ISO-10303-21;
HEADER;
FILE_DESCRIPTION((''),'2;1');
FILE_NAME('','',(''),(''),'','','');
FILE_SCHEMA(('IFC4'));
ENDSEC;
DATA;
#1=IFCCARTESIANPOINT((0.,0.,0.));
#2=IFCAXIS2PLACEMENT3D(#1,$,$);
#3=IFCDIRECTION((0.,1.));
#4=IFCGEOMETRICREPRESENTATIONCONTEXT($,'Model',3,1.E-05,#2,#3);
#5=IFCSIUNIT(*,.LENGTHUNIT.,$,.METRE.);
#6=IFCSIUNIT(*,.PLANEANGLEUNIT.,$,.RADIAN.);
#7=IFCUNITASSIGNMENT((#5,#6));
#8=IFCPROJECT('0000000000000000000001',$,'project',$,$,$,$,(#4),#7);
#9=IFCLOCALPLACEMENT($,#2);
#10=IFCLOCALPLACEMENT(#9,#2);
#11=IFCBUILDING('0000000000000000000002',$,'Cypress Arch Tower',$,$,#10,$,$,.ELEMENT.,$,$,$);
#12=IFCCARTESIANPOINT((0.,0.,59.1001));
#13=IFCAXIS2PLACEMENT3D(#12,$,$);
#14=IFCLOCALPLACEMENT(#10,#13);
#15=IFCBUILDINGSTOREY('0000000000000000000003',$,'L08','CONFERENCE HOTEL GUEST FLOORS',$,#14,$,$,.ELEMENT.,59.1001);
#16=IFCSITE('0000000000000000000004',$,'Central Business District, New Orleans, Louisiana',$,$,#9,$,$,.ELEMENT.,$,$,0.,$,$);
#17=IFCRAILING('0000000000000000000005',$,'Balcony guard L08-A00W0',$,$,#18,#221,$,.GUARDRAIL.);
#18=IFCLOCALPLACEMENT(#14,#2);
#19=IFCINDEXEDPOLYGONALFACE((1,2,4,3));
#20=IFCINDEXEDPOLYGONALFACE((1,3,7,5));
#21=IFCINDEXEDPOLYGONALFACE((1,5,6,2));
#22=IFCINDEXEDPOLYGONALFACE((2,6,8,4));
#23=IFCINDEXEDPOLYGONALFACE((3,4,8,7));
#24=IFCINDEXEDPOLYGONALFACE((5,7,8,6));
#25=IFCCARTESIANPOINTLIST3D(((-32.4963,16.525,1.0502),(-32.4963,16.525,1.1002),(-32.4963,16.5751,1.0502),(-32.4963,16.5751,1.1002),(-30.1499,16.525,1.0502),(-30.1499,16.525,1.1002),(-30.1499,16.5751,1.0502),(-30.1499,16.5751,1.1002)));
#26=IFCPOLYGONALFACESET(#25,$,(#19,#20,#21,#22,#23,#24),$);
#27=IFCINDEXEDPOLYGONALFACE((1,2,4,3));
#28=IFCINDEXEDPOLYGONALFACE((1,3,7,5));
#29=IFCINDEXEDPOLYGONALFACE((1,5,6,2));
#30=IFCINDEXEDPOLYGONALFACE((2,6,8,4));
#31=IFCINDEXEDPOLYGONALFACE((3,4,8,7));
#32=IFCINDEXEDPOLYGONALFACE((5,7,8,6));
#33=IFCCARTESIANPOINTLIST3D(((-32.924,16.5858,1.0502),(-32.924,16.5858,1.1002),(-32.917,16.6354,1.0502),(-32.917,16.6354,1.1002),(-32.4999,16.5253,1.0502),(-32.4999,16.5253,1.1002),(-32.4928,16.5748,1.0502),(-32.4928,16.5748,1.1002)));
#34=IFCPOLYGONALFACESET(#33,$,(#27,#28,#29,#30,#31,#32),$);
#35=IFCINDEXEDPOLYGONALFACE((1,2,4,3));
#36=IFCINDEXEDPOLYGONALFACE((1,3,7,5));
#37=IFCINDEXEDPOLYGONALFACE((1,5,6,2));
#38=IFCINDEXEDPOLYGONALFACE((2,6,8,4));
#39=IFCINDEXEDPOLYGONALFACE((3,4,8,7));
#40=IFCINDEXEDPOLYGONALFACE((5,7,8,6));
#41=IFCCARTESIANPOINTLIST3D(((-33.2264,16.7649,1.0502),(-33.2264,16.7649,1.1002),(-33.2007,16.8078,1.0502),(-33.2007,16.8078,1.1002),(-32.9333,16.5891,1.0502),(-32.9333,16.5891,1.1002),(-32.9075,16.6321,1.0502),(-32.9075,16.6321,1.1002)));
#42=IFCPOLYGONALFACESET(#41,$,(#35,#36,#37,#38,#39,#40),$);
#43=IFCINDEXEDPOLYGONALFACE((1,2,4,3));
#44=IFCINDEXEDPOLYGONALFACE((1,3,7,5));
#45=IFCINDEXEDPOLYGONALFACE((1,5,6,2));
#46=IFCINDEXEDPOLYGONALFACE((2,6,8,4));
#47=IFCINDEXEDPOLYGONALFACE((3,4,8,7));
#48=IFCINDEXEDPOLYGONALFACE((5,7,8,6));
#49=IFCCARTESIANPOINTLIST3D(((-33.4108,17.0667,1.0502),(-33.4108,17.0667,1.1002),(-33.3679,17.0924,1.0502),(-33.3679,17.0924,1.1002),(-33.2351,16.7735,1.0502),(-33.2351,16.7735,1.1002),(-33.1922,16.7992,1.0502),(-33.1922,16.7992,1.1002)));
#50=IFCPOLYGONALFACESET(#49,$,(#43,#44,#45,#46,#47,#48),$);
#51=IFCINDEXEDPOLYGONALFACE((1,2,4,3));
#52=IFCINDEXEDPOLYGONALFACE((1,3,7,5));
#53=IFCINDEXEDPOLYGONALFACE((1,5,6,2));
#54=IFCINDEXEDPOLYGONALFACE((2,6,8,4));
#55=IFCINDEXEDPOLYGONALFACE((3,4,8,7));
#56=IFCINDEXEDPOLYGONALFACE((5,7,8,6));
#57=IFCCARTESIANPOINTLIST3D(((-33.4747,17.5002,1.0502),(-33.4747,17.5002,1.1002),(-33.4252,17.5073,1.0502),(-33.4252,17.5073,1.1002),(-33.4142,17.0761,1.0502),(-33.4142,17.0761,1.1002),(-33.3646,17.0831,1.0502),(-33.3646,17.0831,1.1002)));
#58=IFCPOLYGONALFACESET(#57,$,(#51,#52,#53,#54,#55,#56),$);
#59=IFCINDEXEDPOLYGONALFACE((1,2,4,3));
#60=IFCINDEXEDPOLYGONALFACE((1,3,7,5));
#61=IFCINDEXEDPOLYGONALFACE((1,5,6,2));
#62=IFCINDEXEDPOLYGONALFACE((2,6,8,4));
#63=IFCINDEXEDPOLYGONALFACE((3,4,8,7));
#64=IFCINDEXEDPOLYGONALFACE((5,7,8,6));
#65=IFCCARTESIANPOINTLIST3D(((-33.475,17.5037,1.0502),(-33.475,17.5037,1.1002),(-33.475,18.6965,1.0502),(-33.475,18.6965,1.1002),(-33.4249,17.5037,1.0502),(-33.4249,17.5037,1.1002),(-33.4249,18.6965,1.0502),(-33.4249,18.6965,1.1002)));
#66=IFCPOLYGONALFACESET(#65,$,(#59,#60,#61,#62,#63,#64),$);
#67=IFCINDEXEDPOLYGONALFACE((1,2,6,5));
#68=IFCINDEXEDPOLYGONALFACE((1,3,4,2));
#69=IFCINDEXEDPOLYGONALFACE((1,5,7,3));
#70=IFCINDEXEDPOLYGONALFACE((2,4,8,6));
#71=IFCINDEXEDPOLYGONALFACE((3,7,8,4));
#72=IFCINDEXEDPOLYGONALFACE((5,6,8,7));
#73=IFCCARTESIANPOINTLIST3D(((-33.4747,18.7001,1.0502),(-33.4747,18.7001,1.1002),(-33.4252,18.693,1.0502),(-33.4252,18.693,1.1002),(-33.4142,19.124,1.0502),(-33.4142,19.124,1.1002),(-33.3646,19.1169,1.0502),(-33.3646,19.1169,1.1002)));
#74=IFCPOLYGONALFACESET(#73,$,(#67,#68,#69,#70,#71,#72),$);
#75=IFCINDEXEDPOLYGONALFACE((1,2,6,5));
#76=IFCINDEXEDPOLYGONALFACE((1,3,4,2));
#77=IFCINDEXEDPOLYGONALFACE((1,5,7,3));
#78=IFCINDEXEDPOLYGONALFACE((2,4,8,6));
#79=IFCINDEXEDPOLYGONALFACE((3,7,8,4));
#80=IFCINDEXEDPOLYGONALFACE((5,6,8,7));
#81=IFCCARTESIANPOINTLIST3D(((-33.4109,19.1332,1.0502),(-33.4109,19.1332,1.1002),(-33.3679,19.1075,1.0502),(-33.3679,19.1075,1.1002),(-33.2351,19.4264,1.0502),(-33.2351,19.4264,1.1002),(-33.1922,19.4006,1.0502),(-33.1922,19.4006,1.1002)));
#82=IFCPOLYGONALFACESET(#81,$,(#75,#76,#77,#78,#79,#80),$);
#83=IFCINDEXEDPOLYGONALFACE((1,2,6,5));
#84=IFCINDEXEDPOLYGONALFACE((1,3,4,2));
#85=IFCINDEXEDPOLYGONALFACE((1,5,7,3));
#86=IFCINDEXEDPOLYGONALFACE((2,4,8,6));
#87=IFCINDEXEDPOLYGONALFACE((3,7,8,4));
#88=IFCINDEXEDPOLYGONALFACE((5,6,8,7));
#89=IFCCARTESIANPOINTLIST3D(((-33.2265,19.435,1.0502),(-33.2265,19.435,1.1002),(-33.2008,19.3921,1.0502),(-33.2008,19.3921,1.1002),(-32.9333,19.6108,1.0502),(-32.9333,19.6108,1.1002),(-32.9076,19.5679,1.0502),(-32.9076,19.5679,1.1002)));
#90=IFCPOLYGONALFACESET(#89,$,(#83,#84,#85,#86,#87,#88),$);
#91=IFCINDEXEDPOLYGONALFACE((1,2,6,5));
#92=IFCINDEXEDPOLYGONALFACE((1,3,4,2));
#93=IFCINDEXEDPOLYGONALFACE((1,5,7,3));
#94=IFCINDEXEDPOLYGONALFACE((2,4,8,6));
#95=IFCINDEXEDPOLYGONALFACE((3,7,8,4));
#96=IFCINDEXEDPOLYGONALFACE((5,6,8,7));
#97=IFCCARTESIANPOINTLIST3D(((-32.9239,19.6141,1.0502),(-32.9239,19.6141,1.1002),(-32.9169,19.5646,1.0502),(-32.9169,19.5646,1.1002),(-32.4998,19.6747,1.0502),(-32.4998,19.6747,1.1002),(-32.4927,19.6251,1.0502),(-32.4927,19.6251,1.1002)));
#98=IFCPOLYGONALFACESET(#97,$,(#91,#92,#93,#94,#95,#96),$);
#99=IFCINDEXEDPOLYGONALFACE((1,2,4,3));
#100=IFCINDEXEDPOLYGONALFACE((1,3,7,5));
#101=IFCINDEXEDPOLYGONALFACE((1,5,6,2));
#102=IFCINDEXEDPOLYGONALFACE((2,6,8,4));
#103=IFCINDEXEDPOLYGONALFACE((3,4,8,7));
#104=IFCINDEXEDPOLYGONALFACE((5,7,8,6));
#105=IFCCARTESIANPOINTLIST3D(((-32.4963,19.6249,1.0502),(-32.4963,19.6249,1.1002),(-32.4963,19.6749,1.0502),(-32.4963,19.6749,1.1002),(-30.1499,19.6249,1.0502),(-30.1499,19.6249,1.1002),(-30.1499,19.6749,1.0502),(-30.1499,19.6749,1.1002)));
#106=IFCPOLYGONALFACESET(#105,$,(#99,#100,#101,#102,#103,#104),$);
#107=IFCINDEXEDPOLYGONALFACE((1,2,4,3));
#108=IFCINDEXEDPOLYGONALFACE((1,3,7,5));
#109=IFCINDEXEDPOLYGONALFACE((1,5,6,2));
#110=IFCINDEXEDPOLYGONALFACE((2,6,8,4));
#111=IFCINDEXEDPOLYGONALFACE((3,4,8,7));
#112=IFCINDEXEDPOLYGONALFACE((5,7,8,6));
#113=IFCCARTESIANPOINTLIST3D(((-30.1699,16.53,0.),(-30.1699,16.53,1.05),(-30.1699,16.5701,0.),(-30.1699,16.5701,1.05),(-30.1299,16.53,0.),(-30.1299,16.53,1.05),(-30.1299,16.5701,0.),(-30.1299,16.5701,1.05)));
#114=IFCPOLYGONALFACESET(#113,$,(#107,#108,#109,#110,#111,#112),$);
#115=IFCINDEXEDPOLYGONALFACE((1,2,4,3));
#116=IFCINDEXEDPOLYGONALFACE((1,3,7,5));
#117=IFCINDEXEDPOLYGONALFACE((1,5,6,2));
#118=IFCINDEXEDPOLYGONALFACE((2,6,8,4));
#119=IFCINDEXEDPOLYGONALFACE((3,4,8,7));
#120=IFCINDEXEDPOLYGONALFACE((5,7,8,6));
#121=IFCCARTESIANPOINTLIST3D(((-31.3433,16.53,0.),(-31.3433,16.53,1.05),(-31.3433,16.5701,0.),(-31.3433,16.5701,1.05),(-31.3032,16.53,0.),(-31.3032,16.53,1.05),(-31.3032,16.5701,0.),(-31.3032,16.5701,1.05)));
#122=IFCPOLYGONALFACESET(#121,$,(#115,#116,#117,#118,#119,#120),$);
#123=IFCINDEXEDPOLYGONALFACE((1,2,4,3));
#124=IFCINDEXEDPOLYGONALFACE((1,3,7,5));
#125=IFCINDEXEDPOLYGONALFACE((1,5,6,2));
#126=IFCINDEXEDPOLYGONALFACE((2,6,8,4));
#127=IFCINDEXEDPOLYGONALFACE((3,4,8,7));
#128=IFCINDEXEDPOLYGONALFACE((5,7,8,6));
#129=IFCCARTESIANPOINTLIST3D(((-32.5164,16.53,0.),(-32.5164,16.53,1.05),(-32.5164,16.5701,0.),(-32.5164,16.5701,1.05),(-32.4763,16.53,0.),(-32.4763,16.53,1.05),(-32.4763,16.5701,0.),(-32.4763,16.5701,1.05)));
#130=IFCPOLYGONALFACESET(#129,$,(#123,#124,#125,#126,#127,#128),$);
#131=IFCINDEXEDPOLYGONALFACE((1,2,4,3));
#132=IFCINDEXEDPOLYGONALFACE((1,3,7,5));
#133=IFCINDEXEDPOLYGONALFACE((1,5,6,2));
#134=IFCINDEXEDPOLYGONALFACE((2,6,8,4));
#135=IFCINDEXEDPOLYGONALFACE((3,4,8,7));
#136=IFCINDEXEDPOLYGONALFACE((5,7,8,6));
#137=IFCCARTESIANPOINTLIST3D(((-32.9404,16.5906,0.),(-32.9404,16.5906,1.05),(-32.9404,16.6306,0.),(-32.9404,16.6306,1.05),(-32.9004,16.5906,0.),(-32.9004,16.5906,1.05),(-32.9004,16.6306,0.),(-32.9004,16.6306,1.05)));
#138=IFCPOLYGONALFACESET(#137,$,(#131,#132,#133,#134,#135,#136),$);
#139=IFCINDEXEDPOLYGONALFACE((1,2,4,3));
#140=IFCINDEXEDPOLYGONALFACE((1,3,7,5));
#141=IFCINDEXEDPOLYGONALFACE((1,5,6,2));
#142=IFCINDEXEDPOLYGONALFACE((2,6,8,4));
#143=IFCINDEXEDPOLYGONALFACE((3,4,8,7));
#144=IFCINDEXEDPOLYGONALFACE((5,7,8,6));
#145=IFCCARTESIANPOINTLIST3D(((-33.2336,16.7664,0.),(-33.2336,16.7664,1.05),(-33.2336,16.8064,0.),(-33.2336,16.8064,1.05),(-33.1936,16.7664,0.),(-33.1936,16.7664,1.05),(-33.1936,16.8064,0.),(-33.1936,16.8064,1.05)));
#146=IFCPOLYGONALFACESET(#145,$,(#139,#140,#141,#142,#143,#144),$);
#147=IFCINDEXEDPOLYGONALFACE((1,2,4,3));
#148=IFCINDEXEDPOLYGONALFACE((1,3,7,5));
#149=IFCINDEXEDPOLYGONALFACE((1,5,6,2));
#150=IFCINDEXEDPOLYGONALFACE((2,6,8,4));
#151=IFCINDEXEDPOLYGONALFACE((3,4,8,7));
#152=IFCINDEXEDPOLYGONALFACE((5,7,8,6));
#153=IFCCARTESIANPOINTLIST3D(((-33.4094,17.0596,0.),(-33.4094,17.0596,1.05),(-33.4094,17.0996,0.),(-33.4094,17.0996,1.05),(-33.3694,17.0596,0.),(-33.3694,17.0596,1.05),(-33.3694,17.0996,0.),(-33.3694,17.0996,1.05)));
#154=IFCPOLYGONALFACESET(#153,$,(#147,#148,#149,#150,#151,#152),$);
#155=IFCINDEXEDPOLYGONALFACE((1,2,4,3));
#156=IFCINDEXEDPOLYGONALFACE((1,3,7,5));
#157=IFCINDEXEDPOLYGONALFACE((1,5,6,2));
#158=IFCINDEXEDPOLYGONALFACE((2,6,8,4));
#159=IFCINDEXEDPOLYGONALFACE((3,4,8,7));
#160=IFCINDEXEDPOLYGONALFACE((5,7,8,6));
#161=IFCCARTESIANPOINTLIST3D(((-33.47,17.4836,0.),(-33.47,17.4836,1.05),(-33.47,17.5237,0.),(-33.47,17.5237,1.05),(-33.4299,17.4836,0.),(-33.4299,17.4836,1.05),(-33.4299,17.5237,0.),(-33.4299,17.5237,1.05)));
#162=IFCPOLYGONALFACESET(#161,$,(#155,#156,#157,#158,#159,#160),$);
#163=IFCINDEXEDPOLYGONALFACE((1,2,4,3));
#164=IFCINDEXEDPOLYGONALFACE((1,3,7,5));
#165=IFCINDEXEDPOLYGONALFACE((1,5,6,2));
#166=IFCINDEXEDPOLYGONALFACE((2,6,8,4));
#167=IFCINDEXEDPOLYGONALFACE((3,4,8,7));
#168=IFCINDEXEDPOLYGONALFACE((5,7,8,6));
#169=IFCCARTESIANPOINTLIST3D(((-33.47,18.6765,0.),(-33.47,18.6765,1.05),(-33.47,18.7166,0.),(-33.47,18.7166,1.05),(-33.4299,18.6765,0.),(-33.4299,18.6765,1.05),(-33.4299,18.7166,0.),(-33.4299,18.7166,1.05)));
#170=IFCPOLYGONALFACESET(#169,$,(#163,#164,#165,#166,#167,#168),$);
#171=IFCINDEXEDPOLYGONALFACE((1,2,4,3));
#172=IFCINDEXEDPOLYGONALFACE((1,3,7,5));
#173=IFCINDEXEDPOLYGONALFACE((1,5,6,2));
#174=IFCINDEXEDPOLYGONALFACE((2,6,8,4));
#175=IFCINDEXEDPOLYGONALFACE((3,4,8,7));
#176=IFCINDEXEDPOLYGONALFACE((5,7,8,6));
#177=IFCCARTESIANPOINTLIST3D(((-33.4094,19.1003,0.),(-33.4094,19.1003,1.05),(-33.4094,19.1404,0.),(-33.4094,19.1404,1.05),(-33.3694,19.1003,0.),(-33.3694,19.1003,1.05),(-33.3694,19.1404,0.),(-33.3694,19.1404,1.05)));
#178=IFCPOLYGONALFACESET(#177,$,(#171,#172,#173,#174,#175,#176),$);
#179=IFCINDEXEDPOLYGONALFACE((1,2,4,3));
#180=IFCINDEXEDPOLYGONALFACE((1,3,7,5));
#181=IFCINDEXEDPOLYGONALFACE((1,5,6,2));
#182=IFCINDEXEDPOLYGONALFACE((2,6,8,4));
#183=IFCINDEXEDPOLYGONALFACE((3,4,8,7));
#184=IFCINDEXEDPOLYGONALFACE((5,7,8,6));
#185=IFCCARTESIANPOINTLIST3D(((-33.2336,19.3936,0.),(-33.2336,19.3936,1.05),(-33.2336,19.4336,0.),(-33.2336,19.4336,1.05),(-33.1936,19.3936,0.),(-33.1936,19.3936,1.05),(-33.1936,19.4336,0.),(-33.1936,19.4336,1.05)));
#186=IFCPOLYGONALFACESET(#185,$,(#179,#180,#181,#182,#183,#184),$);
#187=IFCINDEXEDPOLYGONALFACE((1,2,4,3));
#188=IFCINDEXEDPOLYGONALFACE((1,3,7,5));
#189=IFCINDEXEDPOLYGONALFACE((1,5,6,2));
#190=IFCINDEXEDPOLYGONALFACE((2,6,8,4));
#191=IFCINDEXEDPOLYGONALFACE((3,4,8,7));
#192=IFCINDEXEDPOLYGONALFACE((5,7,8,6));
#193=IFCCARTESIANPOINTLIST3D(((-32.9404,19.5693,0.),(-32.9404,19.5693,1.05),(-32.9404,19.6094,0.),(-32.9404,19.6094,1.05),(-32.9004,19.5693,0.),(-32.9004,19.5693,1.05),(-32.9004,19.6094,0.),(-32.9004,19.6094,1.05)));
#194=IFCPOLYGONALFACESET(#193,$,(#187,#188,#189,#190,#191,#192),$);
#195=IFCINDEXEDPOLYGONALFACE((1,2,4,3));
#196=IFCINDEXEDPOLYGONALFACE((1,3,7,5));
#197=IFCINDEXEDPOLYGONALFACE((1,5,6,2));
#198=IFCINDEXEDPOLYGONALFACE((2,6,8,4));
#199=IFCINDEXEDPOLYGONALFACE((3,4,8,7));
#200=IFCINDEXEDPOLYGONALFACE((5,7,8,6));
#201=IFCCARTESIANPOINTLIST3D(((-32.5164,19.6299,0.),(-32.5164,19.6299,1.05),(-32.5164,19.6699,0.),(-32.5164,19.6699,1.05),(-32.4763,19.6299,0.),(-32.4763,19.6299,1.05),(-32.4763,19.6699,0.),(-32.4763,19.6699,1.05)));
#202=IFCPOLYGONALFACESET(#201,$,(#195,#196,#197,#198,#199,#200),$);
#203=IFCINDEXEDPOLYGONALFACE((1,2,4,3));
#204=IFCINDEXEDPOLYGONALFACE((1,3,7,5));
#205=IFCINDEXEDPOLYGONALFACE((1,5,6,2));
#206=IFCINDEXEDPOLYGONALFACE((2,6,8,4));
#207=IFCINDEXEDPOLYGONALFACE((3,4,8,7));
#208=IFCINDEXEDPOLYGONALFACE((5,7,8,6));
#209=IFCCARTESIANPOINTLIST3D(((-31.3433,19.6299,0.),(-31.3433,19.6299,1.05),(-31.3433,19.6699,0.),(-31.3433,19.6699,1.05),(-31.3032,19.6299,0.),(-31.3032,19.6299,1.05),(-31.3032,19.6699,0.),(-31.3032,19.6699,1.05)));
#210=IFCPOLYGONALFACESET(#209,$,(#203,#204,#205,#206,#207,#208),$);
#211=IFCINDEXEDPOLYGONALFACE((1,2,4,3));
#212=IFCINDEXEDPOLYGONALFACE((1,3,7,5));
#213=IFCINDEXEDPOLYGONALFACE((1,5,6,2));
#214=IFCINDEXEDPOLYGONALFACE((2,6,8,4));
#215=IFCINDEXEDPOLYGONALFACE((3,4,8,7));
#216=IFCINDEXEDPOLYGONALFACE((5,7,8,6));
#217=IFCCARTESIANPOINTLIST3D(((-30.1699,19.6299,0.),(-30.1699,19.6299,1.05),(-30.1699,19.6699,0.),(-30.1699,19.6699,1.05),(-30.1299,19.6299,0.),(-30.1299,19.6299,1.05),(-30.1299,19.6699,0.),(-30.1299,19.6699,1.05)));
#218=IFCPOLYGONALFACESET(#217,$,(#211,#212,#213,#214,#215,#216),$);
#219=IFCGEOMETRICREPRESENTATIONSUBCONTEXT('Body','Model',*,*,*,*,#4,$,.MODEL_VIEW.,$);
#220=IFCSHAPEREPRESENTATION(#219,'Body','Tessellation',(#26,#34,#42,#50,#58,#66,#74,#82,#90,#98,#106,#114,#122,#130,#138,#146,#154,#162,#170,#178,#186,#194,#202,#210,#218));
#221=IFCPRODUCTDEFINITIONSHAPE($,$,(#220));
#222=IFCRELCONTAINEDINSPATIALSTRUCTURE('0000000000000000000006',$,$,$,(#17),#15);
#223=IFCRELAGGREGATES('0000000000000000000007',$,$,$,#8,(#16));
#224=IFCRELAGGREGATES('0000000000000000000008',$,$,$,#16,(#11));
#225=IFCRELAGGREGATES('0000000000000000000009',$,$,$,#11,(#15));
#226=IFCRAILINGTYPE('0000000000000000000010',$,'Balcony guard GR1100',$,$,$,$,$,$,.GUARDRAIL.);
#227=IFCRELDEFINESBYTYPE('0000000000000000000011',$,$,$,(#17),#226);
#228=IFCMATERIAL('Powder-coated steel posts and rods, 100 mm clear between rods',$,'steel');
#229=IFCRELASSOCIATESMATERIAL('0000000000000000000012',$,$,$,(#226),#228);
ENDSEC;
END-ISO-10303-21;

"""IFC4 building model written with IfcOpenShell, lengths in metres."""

from ifc_helpers import new_model, si_unit, direction, frame, origin, origin_2d, place, context, subcontext, project, spatial, rectangle, extrude, material, type_object, element, save


model = new_model("IFC4")

# Units and contexts
model_context = context("Model", 3, precision=1e-05, world=origin(), true_north=direction((0.0, 1.0)))
body_context = subcontext(model_context, "Body", "Model", "MODEL_VIEW")
ifc_project = project(units=[si_unit("LENGTHUNIT", "METRE"), si_unit("PLANEANGLEUNIT", "RADIAN")], contexts=[model_context])

# Site, building, storey
site_placement = place(None, origin())
site = spatial("IfcSite", under=ifc_project, at=site_placement, Name="Central Business District, New Orleans, Louisiana", CompositionType="ELEMENT", RefElevation=0.0)
building_placement = place(site_placement, origin())
building = spatial("IfcBuilding", under=site, at=building_placement, Name="Cypress Arch Tower", CompositionType="ELEMENT")
storey_placement = place(building_placement, frame((0.0, 0.0, 59.1001)))
storey = spatial("IfcBuildingStorey", under=building, at=storey_placement, Name="L08", Description="CONFERENCE HOTEL GUEST FLOORS", CompositionType="ELEMENT", Elevation=59.1001)

# Railing
ifc_material_1 = material(Name="Powder-coated steel posts and rods, 100 mm clear between rods", Category="steel")
railing_type_1 = type_object("IfcRailingType", Name="Balcony guard GR1100", PredefinedType="GUARDRAIL", material=ifc_material_1)
railing_1_placement = place(storey_placement, frame((-30.1499, 16.55, 0.0)))
element("IfcRailing", 1, at=railing_1_placement, inside=storey, type_object=railing_type_1, Name="Balcony guard L08-A00W0", PredefinedType="GUARDRAIL", context=body_context, shape_type="SweptSolid", body=[
    extrude(rectangle(XDim=0.05, YDim=0.05, at=origin_2d()), frame((0.0, 0.0, 1.0752), z_axis=(-1.0, 0.0, 0.0), x_axis=(0.0, -1.0, 0.0)), (0.0, 0.0, 1.0), 2.3464),
    extrude(rectangle(XDim=0.05, YDim=0.05, at=origin_2d()), frame((-2.3464, 0.0, 1.0752), z_axis=(-0.989961, 0.141342, 0.0), x_axis=(-0.141342, -0.989961, 0.0)), (0.0, 0.0, 1.0), 0.4285),
    extrude(rectangle(XDim=0.05, YDim=0.05, at=origin_2d()), frame((-2.7705, 0.0605, 1.0752), z_axis=(-0.857682, 0.514181, 0.0), x_axis=(-0.514181, -0.857682, 0.0)), (0.0, 0.0, 1.0), 0.3418),
    extrude(rectangle(XDim=0.05, YDim=0.05, at=origin_2d()), frame((-3.0637, 0.2363, 1.0752), z_axis=(-0.514181, 0.857682, 0.0), x_axis=(-0.857682, -0.514181, 0.0)), (0.0, 0.0, 1.0), 0.3418),
    extrude(rectangle(XDim=0.05, YDim=0.05, at=origin_2d()), frame((-3.2395, 0.5295, 1.0752), z_axis=(-0.141342, 0.989961, 0.0), x_axis=(-0.989961, -0.141342, 0.0)), (0.0, 0.0, 1.0), 0.4285),
    extrude(rectangle(XDim=0.05, YDim=0.05, at=origin_2d()), frame((-3.3, 0.9536, 1.0752), z_axis=(0.0, 1.0, 0.0), x_axis=(-1.0, 0.0, 0.0)), (0.0, 0.0, 1.0), 1.1929),
    extrude(rectangle(XDim=0.05, YDim=0.05, at=origin_2d()), frame((-3.3, 2.1465, 1.0752), z_axis=(0.141421, 0.989949, 0.0), x_axis=(-0.989949, 0.141421, 0.0)), (0.0, 0.0, 1.0), 0.4282),
    extrude(rectangle(XDim=0.05, YDim=0.05, at=origin_2d()), frame((-3.2395, 2.5703, 1.0752), z_axis=(0.514181, 0.857682, 0.0), x_axis=(-0.857682, 0.514181, 0.0)), (0.0, 0.0, 1.0), 0.3418),
    extrude(rectangle(XDim=0.05, YDim=0.05, at=origin_2d()), frame((-3.0637, 2.8635, 1.0752), z_axis=(0.857682, 0.514181, 0.0), x_axis=(-0.514181, 0.857682, 0.0)), (0.0, 0.0, 1.0), 0.3418),
    extrude(rectangle(XDim=0.05, YDim=0.05, at=origin_2d()), frame((-2.7705, 3.0393, 1.0752), z_axis=(0.989961, 0.141342, 0.0), x_axis=(-0.141342, 0.989961, 0.0)), (0.0, 0.0, 1.0), 0.4285),
    extrude(rectangle(XDim=0.05, YDim=0.05, at=origin_2d()), frame((-2.3464, 3.0999, 1.0752), z_axis=(1.0, 0.0, 0.0), x_axis=(0.0, 1.0, 0.0)), (0.0, 0.0, 1.0), 2.3464),
    extrude(rectangle(XDim=0.04, YDim=0.04, at=origin_2d()), origin(), (0.0, 0.0, 1.0), 1.05),
    extrude(rectangle(XDim=0.04, YDim=0.04, at=origin_2d()), frame((-1.1733, 0.0, 0.0)), (0.0, 0.0, 1.0), 1.05),
    extrude(rectangle(XDim=0.04, YDim=0.04, at=origin_2d()), frame((-2.3464, 0.0, 0.0)), (0.0, 0.0, 1.0), 1.05),
    extrude(rectangle(XDim=0.04, YDim=0.04, at=origin_2d()), frame((-2.7705, 0.0605, 0.0)), (0.0, 0.0, 1.0), 1.05),
    extrude(rectangle(XDim=0.04, YDim=0.04, at=origin_2d()), frame((-3.0637, 0.2363, 0.0)), (0.0, 0.0, 1.0), 1.05),
    extrude(rectangle(XDim=0.04, YDim=0.04, at=origin_2d()), frame((-3.2395, 0.5295, 0.0)), (0.0, 0.0, 1.0), 1.05),
    extrude(rectangle(XDim=0.04, YDim=0.04, at=origin_2d()), frame((-3.3, 0.9536, 0.0)), (0.0, 0.0, 1.0), 1.05),
    extrude(rectangle(XDim=0.04, YDim=0.04, at=origin_2d()), frame((-3.3, 2.1465, 0.0)), (0.0, 0.0, 1.0), 1.05),
    extrude(rectangle(XDim=0.04, YDim=0.04, at=origin_2d()), frame((-3.2395, 2.5703, 0.0)), (0.0, 0.0, 1.0), 1.05),
    extrude(rectangle(XDim=0.04, YDim=0.04, at=origin_2d()), frame((-3.0637, 2.8635, 0.0)), (0.0, 0.0, 1.0), 1.05),
    extrude(rectangle(XDim=0.04, YDim=0.04, at=origin_2d()), frame((-2.7705, 3.0393, 0.0)), (0.0, 0.0, 1.0), 1.05),
    extrude(rectangle(XDim=0.04, YDim=0.04, at=origin_2d()), frame((-2.3464, 3.0999, 0.0)), (0.0, 0.0, 1.0), 1.05),
    extrude(rectangle(XDim=0.04, YDim=0.04, at=origin_2d()), frame((-1.1733, 3.0999, 0.0)), (0.0, 0.0, 1.0), 1.05),
    extrude(rectangle(XDim=0.04, YDim=0.04, at=origin_2d()), frame((0.0, 3.0999, 0.0)), (0.0, 0.0, 1.0), 1.05),
])

save(model, "model.ifc")
